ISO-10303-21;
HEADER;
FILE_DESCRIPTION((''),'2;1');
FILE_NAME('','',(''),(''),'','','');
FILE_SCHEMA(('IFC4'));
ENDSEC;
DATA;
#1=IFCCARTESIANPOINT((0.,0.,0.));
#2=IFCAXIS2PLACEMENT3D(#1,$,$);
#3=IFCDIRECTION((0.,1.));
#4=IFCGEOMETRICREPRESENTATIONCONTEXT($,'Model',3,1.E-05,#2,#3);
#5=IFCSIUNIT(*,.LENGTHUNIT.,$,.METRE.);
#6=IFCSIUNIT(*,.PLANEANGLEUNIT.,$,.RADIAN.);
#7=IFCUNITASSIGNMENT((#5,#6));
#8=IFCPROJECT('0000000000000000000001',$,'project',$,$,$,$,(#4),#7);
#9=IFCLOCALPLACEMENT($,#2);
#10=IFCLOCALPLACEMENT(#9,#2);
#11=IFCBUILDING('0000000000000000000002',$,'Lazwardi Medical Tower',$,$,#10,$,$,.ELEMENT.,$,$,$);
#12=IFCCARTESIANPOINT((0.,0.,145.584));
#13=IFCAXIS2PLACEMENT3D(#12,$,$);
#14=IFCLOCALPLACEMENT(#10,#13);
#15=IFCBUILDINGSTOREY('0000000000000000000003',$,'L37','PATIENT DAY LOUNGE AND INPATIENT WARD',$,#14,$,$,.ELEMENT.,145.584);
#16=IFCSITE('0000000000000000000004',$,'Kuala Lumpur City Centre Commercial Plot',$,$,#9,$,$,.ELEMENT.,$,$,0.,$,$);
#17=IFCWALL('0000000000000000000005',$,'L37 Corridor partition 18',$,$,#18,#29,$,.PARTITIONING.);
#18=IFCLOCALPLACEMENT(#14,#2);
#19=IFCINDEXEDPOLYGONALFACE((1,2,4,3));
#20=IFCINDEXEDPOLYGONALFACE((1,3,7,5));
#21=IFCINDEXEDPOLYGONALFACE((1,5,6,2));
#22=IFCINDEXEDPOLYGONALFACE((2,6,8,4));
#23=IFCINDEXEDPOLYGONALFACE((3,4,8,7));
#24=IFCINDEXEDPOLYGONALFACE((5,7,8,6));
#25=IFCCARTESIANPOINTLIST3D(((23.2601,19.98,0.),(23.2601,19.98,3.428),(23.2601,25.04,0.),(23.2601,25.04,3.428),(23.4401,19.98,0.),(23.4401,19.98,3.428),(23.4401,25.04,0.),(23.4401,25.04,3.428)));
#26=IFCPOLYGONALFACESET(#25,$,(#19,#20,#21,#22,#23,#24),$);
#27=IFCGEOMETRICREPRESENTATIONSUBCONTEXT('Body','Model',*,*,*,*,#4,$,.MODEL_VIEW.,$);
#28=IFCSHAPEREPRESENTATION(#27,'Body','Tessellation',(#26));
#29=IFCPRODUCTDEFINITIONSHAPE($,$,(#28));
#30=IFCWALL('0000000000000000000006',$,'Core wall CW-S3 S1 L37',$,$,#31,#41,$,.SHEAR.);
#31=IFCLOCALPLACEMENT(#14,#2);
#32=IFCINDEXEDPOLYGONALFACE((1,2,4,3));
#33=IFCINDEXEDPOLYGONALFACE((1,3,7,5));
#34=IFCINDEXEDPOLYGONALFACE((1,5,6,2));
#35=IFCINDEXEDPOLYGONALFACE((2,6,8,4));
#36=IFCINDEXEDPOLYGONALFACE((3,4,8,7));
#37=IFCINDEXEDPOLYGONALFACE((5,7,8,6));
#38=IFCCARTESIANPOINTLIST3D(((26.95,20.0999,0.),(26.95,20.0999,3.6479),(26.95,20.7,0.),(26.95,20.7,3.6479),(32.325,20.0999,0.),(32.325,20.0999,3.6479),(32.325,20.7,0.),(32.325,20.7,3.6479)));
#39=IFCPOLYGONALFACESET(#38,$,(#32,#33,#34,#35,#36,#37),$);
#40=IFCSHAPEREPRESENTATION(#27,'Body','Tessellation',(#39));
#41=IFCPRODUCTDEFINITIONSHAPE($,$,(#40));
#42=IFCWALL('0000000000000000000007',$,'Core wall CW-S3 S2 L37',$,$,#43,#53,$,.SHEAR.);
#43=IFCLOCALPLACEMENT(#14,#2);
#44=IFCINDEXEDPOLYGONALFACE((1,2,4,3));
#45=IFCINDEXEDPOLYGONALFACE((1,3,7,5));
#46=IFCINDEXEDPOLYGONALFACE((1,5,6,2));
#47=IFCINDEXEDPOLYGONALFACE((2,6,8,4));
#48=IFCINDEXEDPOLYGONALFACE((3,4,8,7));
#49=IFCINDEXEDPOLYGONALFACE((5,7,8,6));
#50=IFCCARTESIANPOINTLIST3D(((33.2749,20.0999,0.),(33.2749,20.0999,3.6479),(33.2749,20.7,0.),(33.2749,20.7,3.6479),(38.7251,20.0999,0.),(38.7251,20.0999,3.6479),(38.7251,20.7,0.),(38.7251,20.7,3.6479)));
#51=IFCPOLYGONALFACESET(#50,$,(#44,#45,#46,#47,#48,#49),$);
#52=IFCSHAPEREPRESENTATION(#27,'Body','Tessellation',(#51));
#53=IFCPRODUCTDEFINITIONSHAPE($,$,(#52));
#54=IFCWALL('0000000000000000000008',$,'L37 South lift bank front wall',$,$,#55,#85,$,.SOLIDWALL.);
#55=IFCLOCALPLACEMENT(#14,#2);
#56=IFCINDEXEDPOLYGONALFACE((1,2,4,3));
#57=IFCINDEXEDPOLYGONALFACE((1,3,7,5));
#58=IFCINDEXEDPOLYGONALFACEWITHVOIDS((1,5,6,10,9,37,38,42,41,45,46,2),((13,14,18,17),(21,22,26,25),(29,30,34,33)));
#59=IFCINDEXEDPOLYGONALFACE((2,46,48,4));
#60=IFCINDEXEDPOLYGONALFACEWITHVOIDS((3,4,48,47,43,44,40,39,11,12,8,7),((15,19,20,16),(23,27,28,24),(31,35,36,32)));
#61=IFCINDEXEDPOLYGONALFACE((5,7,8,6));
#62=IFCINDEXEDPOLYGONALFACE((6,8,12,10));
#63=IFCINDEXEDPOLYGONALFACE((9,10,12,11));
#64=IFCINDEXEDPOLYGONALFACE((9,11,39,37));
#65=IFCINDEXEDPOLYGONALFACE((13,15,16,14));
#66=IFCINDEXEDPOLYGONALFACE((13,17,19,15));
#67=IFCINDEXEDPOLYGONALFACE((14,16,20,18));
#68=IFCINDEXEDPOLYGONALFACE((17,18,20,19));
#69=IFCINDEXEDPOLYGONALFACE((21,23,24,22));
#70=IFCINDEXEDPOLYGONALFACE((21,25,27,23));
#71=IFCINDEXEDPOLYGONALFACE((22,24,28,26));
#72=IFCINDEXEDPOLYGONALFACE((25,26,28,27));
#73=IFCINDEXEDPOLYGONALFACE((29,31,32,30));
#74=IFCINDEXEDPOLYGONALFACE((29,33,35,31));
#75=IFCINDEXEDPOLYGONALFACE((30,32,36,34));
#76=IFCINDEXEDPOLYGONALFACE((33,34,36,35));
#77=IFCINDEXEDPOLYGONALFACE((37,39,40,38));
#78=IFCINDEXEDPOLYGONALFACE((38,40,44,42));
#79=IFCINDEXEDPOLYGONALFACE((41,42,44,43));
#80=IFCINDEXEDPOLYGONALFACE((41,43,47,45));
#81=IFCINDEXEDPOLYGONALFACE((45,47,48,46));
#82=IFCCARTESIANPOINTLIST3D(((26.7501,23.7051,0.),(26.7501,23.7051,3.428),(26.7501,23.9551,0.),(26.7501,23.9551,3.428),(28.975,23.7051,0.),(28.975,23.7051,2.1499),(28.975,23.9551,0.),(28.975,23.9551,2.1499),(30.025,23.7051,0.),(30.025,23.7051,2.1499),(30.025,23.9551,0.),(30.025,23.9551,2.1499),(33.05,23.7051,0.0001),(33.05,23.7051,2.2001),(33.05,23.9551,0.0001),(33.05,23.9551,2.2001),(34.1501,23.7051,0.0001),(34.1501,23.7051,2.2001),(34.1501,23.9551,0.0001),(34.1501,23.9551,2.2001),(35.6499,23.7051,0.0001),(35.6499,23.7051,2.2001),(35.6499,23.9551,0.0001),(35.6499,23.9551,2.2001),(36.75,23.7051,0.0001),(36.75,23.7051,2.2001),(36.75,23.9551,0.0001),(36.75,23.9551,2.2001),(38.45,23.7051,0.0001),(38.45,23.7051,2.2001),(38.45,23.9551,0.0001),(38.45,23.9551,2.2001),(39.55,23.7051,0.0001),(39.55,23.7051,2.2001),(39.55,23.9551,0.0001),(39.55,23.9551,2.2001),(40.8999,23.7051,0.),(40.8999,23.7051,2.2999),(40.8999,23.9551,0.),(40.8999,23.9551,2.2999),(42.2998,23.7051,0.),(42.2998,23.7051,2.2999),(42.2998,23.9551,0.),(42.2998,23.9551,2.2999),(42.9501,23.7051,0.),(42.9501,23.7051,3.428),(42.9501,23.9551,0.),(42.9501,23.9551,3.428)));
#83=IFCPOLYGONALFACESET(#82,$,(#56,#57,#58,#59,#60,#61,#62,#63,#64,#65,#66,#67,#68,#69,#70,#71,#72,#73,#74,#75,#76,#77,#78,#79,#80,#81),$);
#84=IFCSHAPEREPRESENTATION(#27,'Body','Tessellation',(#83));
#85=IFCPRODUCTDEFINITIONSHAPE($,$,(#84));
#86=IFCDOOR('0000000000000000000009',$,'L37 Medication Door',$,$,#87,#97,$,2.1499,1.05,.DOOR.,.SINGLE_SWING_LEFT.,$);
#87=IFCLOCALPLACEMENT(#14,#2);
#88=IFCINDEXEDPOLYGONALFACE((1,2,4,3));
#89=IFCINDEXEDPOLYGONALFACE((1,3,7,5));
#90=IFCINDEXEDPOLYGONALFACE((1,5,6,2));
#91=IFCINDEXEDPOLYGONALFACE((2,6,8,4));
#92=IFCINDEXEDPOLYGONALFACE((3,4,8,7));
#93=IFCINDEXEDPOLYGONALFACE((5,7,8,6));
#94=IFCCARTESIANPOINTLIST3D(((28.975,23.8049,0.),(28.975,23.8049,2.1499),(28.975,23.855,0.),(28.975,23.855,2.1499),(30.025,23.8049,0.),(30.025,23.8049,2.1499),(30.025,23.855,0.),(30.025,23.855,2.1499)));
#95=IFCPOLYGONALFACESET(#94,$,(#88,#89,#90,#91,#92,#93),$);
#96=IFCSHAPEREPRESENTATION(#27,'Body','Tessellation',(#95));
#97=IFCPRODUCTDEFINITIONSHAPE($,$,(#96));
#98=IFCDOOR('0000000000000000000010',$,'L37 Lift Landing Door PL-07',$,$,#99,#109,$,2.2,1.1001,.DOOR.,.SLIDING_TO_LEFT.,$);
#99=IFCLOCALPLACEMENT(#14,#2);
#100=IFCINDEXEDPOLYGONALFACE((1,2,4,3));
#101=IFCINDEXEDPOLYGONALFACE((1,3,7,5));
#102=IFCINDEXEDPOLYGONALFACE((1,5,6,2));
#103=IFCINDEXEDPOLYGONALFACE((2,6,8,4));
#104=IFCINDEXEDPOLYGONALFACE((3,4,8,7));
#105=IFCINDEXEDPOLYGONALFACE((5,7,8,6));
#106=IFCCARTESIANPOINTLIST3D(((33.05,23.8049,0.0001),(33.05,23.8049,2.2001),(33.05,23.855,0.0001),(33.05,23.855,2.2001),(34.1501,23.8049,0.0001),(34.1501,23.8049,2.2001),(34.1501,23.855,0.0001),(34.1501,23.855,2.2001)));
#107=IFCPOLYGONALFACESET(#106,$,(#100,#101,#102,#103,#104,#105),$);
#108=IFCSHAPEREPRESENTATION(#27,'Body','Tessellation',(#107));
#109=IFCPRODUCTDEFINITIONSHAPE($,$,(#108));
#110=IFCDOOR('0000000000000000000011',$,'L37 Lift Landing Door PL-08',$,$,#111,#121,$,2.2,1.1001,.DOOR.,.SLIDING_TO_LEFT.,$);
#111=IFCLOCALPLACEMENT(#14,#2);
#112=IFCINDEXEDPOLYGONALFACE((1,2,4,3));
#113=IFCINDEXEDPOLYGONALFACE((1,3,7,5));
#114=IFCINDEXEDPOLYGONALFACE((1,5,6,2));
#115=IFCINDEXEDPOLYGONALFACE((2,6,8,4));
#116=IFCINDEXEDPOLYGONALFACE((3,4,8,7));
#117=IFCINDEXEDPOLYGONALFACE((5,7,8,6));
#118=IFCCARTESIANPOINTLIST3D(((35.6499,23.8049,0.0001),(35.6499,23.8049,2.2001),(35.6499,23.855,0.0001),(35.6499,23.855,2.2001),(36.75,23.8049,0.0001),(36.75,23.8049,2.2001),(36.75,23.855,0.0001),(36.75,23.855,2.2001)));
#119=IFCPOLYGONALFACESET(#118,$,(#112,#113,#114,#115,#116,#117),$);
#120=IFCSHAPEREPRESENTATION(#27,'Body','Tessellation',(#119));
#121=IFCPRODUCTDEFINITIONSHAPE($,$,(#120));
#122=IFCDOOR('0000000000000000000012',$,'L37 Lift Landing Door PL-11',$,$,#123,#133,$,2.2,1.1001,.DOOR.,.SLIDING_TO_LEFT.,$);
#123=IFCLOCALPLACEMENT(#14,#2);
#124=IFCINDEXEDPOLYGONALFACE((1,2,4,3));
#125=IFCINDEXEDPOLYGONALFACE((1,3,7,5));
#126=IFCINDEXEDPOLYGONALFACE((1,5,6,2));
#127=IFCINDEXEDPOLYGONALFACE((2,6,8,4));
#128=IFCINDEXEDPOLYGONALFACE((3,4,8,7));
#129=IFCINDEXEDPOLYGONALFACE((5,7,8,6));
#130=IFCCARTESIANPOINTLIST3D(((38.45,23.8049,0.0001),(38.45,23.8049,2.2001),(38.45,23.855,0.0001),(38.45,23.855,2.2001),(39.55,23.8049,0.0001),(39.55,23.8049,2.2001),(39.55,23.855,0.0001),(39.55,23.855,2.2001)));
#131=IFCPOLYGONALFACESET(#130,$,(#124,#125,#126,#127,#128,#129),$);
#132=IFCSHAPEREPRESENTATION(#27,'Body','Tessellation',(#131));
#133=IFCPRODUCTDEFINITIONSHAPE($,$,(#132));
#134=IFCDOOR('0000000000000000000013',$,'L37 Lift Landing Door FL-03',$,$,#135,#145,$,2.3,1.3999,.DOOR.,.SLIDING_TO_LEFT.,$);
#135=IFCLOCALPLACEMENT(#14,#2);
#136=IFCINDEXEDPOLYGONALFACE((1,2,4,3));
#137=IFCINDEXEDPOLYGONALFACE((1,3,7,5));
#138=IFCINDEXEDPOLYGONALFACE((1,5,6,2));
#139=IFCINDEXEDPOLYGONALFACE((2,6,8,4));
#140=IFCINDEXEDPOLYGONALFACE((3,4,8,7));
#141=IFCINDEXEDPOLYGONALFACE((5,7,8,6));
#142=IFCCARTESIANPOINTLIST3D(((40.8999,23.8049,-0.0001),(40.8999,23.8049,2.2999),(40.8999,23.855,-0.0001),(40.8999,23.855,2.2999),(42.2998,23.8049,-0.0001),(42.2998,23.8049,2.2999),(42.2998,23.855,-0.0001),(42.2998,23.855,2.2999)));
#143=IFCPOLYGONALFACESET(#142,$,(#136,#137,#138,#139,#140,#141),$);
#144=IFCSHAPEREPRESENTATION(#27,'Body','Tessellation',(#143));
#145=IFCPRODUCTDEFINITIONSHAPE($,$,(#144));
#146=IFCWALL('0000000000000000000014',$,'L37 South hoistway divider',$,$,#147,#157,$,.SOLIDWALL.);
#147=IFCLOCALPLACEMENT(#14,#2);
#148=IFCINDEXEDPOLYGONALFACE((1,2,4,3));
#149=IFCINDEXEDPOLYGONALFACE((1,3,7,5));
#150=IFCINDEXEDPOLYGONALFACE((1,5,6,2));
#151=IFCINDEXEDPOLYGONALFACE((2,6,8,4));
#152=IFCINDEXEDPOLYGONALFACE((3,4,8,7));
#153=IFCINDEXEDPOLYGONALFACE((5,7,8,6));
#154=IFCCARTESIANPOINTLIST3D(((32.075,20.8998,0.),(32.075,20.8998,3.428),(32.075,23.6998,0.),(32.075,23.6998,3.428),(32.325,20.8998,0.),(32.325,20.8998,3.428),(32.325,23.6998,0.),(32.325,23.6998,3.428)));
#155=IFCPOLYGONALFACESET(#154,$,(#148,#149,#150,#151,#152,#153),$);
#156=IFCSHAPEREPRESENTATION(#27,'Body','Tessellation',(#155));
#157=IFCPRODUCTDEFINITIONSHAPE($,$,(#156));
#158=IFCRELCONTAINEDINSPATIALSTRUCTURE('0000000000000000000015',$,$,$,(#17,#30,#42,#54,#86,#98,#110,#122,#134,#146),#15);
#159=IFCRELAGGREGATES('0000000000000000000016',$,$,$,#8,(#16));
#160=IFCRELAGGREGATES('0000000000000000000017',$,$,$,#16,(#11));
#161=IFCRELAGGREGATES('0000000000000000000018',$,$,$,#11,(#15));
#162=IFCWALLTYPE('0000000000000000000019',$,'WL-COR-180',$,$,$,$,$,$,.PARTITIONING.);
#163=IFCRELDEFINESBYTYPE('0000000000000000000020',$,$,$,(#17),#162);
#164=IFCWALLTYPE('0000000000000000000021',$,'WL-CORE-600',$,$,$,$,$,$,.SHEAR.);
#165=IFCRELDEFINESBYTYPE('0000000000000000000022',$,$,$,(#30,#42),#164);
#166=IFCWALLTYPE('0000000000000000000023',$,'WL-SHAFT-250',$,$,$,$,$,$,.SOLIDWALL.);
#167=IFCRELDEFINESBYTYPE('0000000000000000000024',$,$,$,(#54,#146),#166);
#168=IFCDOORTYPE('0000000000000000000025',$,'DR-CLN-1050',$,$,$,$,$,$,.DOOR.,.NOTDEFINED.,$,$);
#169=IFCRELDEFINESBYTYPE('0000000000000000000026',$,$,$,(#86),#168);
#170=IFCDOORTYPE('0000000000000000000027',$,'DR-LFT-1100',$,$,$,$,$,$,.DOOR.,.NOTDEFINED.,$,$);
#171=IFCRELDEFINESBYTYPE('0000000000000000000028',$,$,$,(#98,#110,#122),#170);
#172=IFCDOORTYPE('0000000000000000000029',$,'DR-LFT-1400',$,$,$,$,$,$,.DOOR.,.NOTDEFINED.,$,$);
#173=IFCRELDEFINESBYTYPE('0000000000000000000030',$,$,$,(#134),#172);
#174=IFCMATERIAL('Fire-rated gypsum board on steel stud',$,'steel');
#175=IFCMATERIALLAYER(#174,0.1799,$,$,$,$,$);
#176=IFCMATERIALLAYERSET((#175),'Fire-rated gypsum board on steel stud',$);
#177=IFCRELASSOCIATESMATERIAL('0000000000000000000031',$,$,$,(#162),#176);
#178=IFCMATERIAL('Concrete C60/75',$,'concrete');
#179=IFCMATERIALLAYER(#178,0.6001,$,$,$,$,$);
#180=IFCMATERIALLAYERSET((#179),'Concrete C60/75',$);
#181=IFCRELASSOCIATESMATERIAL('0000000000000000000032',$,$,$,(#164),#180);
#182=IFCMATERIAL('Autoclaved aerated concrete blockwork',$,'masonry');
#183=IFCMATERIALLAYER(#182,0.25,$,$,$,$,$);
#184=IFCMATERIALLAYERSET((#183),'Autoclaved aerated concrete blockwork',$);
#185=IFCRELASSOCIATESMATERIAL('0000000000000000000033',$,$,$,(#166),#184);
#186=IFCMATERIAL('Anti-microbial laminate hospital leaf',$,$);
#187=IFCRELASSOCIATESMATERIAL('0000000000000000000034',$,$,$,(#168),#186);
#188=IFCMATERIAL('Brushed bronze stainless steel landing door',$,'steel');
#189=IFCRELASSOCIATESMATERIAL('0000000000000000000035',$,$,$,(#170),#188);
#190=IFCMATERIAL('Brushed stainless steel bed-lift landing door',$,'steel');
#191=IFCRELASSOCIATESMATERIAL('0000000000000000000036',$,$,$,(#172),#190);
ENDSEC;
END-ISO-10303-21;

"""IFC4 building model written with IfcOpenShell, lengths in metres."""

from ifc_helpers import new_model, si_unit, direction, frame, frame_2d, origin, place, context, subcontext, project, spatial, rectangle, extrude, material, layer, layer_set, type_object, element, fill, save


model = new_model("IFC4")

# Units and contexts
model_context = context("Model", 3, precision=1e-05, world=origin(), true_north=direction((0.0, 1.0)))
body_context = subcontext(model_context, "Body", "Model", "MODEL_VIEW")
ifc_project = project(units=[si_unit("LENGTHUNIT", "METRE"), si_unit("PLANEANGLEUNIT", "RADIAN")], contexts=[model_context])

# Site, building, storey
site_placement = place(None, origin())
site = spatial("IfcSite", under=ifc_project, at=site_placement, Name="Kuala Lumpur City Centre Commercial Plot", CompositionType="ELEMENT", RefElevation=0.0)
building_placement = place(site_placement, origin())
building = spatial("IfcBuilding", under=site, at=building_placement, Name="Lazwardi Medical Tower", CompositionType="ELEMENT")
storey_placement = place(building_placement, frame((0.0, 0.0, 145.584)))
storey = spatial("IfcBuildingStorey", under=building, at=storey_placement, Name="L37", Description="PATIENT DAY LOUNGE AND INPATIENT WARD", CompositionType="ELEMENT", Elevation=145.584)

# Shared definitions
ifc_material_1 = material(Name="Concrete C60/75", Category="concrete")

# Wall
ifc_material_2 = material(Name="Fire-rated gypsum board on steel stud", Category="steel")
ifc_layer_1 = layer(ifc_material_2, 0.1799)
ifc_layer_set_1 = layer_set([ifc_layer_1], Name="Fire-rated gypsum board on steel stud")
wall_type_1 = type_object("IfcWallType", Name="WL-COR-180", PredefinedType="PARTITIONING", material=ifc_layer_set_1)
wall_1_placement = place(storey_placement, frame((23.3501, 19.98, 0.0), z_axis=(0.0, 0.0, 1.0), x_axis=(0.0, 1.0, 0.0)))
element("IfcWall", 1, at=wall_1_placement, inside=storey, type_object=wall_type_1, Name="L37 Corridor partition 18", PredefinedType="PARTITIONING", context=body_context, shape_type="SweptSolid", body=[
    extrude(rectangle(XDim=5.0601, YDim=0.1799, at=frame_2d((2.53, 0.0))), origin(), (0.0, 0.0, 1.0), 3.428),
])

# Shared definitions
ifc_layer_2 = layer(ifc_material_1, 0.6001)
ifc_layer_set_2 = layer_set([ifc_layer_2], Name="Concrete C60/75")
wall_type_2 = type_object("IfcWallType", Name="WL-CORE-600", PredefinedType="SHEAR", material=ifc_layer_set_2)

# Walls
wall_2_placement = place(storey_placement, frame((26.95, 20.3999, 0.0), z_axis=(0.0, 0.0, 1.0), x_axis=(1.0, 0.0, 0.0)))
element("IfcWall", 2, at=wall_2_placement, inside=storey, type_object=wall_type_2, Name="Core wall CW-S3 S1 L37", PredefinedType="SHEAR", context=body_context, shape_type="SweptSolid", body=[
    extrude(rectangle(XDim=5.375, YDim=0.6001, at=frame_2d((2.6875, 0.0))), origin(), (0.0, 0.0, 1.0), 3.6479),
])
wall_3_placement = place(storey_placement, frame((33.2749, 20.3999, 0.0), z_axis=(0.0, 0.0, 1.0), x_axis=(1.0, 0.0, 0.0)))
element("IfcWall", 3, at=wall_3_placement, inside=storey, type_object=wall_type_2, Name="Core wall CW-S3 S2 L37", PredefinedType="SHEAR", context=body_context, shape_type="SweptSolid", body=[
    extrude(rectangle(XDim=5.4502, YDim=0.6001, at=frame_2d((2.7251, 0.0))), origin(), (0.0, 0.0, 1.0), 3.6479),
])

# Wall, openings, doors
ifc_material_3 = material(Name="Autoclaved aerated concrete blockwork", Category="masonry")
ifc_layer_3 = layer(ifc_material_3, 0.25)
ifc_layer_set_3 = layer_set([ifc_layer_3], Name="Autoclaved aerated concrete blockwork")
wall_type_3 = type_object("IfcWallType", Name="WL-SHAFT-250", PredefinedType="SOLIDWALL", material=ifc_layer_set_3)
wall_4_placement = place(storey_placement, frame((26.75, 23.8301, 0.0), z_axis=(0.0, 0.0, 1.0), x_axis=(1.0, 0.0, 0.0)))
wall_4 = element("IfcWall", 4, at=wall_4_placement, inside=storey, type_object=wall_type_3, Name="L37 South lift bank front wall", PredefinedType="SOLIDWALL", context=body_context, shape_type="SweptSolid", body=[
    extrude(rectangle(XDim=16.2, YDim=0.25, at=frame_2d((8.1001, 0.0))), origin(), (0.0, 0.0, 1.0), 3.428),
])
opening_1_placement = place(wall_4_placement, frame((2.2251, 0.0, 0.0)))
opening_1 = element("IfcOpeningElement", 5, at=opening_1_placement, cuts=wall_4, PredefinedType="OPENING", context=body_context, shape_type="SweptSolid", body=[
    extrude(rectangle(XDim=1.05, YDim=2.1499, at=frame_2d((0.5249, 1.075))), frame((0.0, 0.135, 0.0), z_axis=(0.0, -1.0, 0.0), x_axis=(1.0, 0.0, 0.0)), (0.0, 0.0, 1.0), 0.27),
])
opening_2_placement = place(wall_4_placement, frame((6.3, 0.0, 0.0)))
opening_2 = element("IfcOpeningElement", 6, at=opening_2_placement, cuts=wall_4, PredefinedType="OPENING", context=body_context, shape_type="SweptSolid", body=[
    extrude(rectangle(XDim=1.1001, YDim=2.2, at=frame_2d((0.55, 1.1001))), frame((0.0, 0.135, 0.0), z_axis=(0.0, -1.0, 0.0), x_axis=(1.0, 0.0, 0.0)), (0.0, 0.0, 1.0), 0.27),
])
opening_3_placement = place(wall_4_placement, frame((8.8999, 0.0, 0.0)))
opening_3 = element("IfcOpeningElement", 7, at=opening_3_placement, cuts=wall_4, PredefinedType="OPENING", context=body_context, shape_type="SweptSolid", body=[
    extrude(rectangle(XDim=1.1001, YDim=2.2, at=frame_2d((0.55, 1.1001))), frame((0.0, 0.135, 0.0), z_axis=(0.0, -1.0, 0.0), x_axis=(1.0, 0.0, 0.0)), (0.0, 0.0, 1.0), 0.27),
])
opening_4_placement = place(wall_4_placement, frame((11.7, 0.0, 0.0)))
opening_4 = element("IfcOpeningElement", 8, at=opening_4_placement, cuts=wall_4, PredefinedType="OPENING", context=body_context, shape_type="SweptSolid", body=[
    extrude(rectangle(XDim=1.1001, YDim=2.2, at=frame_2d((0.55, 1.1001))), frame((0.0, 0.135, 0.0), z_axis=(0.0, -1.0, 0.0), x_axis=(1.0, 0.0, 0.0)), (0.0, 0.0, 1.0), 0.27),
])
opening_5_placement = place(wall_4_placement, frame((14.1499, 0.0, 0.0)))
opening_5 = element("IfcOpeningElement", 9, at=opening_5_placement, cuts=wall_4, PredefinedType="OPENING", context=body_context, shape_type="SweptSolid", body=[
    extrude(rectangle(XDim=1.3999, YDim=2.3, at=frame_2d((0.7, 1.1499))), frame((0.0, 0.135, 0.0), z_axis=(0.0, -1.0, 0.0), x_axis=(1.0, 0.0, 0.0)), (0.0, 0.0, 1.0), 0.27),
])
ifc_material_4 = material(Name="Anti-microbial laminate hospital leaf")
door_type_1 = type_object("IfcDoorType", Name="DR-CLN-1050", OperationType="NOTDEFINED", PredefinedType="DOOR", material=ifc_material_4)
door_1_placement = place(opening_1_placement, origin())
door_1 = element("IfcDoor", 10, at=door_1_placement, inside=storey, type_object=door_type_1, Name="L37 Medication Door", OperationType="SINGLE_SWING_LEFT", OverallHeight=2.1499, OverallWidth=1.05, PredefinedType="DOOR", context=body_context, shape_type="SweptSolid", body=[
    extrude(rectangle(XDim=1.05, YDim=2.1499, at=frame_2d((0.5249, 1.075))), frame((0.0, 0.0249, 0.0), z_axis=(0.0, -1.0, 0.0), x_axis=(1.0, 0.0, 0.0)), (0.0, 0.0, 1.0), 0.05),
])
fill(opening_1, door_1)
ifc_material_5 = material(Name="Brushed bronze stainless steel landing door", Category="steel")
door_type_2 = type_object("IfcDoorType", Name="DR-LFT-1100", OperationType="NOTDEFINED", PredefinedType="DOOR", material=ifc_material_5)
door_2_placement = place(opening_2_placement, origin())
door_2 = element("IfcDoor", 11, at=door_2_placement, inside=storey, type_object=door_type_2, Name="L37 Lift Landing Door PL-07", OperationType="SLIDING_TO_LEFT", OverallHeight=2.2, OverallWidth=1.1001, PredefinedType="DOOR", context=body_context, shape_type="SweptSolid", body=[
    extrude(rectangle(XDim=1.1001, YDim=2.2, at=frame_2d((0.55, 1.1001))), frame((0.0, 0.0249, 0.0), z_axis=(0.0, -1.0, 0.0), x_axis=(1.0, 0.0, 0.0)), (0.0, 0.0, 1.0), 0.05),
])
fill(opening_2, door_2)
door_3_placement = place(opening_3_placement, origin())
door_3 = element("IfcDoor", 12, at=door_3_placement, inside=storey, type_object=door_type_2, Name="L37 Lift Landing Door PL-08", OperationType="SLIDING_TO_LEFT", OverallHeight=2.2, OverallWidth=1.1001, PredefinedType="DOOR", context=body_context, shape_type="SweptSolid", body=[
    extrude(rectangle(XDim=1.1001, YDim=2.2, at=frame_2d((0.55, 1.1001))), frame((0.0, 0.0249, 0.0), z_axis=(0.0, -1.0, 0.0), x_axis=(1.0, 0.0, 0.0)), (0.0, 0.0, 1.0), 0.05),
])
fill(opening_3, door_3)
door_4_placement = place(opening_4_placement, origin())
door_4 = element("IfcDoor", 13, at=door_4_placement, inside=storey, type_object=door_type_2, Name="L37 Lift Landing Door PL-11", OperationType="SLIDING_TO_LEFT", OverallHeight=2.2, OverallWidth=1.1001, PredefinedType="DOOR", context=body_context, shape_type="SweptSolid", body=[
    extrude(rectangle(XDim=1.1001, YDim=2.2, at=frame_2d((0.55, 1.1001))), frame((0.0, 0.0249, 0.0), z_axis=(0.0, -1.0, 0.0), x_axis=(1.0, 0.0, 0.0)), (0.0, 0.0, 1.0), 0.05),
])
fill(opening_4, door_4)
ifc_material_6 = material(Name="Brushed stainless steel bed-lift landing door", Category="steel")
door_type_3 = type_object("IfcDoorType", Name="DR-LFT-1400", OperationType="NOTDEFINED", PredefinedType="DOOR", material=ifc_material_6)
door_5_placement = place(opening_5_placement, origin())
door_5 = element("IfcDoor", 14, at=door_5_placement, inside=storey, type_object=door_type_3, Name="L37 Lift Landing Door FL-03", OperationType="SLIDING_TO_LEFT", OverallHeight=2.3, OverallWidth=1.3999, PredefinedType="DOOR", context=body_context, shape_type="SweptSolid", body=[
    extrude(rectangle(XDim=1.3999, YDim=2.3, at=frame_2d((0.7, 1.1499))), frame((0.0, 0.0249, 0.0), z_axis=(0.0, -1.0, 0.0), x_axis=(1.0, 0.0, 0.0)), (0.0, 0.0, 1.0), 0.05),
])
fill(opening_5, door_5)

# Wall
wall_5_placement = place(storey_placement, frame((32.2, 20.8999, 0.0), z_axis=(0.0, 0.0, 1.0), x_axis=(0.0, 1.0, 0.0)))
element("IfcWall", 15, at=wall_5_placement, inside=storey, type_object=wall_type_3, Name="L37 South hoistway divider", PredefinedType="SOLIDWALL", context=body_context, shape_type="SweptSolid", body=[
    extrude(rectangle(XDim=2.8, YDim=0.25, at=frame_2d((1.3999, 0.0))), origin(), (0.0, 0.0, 1.0), 3.428),
])

save(model, "model.ifc")
